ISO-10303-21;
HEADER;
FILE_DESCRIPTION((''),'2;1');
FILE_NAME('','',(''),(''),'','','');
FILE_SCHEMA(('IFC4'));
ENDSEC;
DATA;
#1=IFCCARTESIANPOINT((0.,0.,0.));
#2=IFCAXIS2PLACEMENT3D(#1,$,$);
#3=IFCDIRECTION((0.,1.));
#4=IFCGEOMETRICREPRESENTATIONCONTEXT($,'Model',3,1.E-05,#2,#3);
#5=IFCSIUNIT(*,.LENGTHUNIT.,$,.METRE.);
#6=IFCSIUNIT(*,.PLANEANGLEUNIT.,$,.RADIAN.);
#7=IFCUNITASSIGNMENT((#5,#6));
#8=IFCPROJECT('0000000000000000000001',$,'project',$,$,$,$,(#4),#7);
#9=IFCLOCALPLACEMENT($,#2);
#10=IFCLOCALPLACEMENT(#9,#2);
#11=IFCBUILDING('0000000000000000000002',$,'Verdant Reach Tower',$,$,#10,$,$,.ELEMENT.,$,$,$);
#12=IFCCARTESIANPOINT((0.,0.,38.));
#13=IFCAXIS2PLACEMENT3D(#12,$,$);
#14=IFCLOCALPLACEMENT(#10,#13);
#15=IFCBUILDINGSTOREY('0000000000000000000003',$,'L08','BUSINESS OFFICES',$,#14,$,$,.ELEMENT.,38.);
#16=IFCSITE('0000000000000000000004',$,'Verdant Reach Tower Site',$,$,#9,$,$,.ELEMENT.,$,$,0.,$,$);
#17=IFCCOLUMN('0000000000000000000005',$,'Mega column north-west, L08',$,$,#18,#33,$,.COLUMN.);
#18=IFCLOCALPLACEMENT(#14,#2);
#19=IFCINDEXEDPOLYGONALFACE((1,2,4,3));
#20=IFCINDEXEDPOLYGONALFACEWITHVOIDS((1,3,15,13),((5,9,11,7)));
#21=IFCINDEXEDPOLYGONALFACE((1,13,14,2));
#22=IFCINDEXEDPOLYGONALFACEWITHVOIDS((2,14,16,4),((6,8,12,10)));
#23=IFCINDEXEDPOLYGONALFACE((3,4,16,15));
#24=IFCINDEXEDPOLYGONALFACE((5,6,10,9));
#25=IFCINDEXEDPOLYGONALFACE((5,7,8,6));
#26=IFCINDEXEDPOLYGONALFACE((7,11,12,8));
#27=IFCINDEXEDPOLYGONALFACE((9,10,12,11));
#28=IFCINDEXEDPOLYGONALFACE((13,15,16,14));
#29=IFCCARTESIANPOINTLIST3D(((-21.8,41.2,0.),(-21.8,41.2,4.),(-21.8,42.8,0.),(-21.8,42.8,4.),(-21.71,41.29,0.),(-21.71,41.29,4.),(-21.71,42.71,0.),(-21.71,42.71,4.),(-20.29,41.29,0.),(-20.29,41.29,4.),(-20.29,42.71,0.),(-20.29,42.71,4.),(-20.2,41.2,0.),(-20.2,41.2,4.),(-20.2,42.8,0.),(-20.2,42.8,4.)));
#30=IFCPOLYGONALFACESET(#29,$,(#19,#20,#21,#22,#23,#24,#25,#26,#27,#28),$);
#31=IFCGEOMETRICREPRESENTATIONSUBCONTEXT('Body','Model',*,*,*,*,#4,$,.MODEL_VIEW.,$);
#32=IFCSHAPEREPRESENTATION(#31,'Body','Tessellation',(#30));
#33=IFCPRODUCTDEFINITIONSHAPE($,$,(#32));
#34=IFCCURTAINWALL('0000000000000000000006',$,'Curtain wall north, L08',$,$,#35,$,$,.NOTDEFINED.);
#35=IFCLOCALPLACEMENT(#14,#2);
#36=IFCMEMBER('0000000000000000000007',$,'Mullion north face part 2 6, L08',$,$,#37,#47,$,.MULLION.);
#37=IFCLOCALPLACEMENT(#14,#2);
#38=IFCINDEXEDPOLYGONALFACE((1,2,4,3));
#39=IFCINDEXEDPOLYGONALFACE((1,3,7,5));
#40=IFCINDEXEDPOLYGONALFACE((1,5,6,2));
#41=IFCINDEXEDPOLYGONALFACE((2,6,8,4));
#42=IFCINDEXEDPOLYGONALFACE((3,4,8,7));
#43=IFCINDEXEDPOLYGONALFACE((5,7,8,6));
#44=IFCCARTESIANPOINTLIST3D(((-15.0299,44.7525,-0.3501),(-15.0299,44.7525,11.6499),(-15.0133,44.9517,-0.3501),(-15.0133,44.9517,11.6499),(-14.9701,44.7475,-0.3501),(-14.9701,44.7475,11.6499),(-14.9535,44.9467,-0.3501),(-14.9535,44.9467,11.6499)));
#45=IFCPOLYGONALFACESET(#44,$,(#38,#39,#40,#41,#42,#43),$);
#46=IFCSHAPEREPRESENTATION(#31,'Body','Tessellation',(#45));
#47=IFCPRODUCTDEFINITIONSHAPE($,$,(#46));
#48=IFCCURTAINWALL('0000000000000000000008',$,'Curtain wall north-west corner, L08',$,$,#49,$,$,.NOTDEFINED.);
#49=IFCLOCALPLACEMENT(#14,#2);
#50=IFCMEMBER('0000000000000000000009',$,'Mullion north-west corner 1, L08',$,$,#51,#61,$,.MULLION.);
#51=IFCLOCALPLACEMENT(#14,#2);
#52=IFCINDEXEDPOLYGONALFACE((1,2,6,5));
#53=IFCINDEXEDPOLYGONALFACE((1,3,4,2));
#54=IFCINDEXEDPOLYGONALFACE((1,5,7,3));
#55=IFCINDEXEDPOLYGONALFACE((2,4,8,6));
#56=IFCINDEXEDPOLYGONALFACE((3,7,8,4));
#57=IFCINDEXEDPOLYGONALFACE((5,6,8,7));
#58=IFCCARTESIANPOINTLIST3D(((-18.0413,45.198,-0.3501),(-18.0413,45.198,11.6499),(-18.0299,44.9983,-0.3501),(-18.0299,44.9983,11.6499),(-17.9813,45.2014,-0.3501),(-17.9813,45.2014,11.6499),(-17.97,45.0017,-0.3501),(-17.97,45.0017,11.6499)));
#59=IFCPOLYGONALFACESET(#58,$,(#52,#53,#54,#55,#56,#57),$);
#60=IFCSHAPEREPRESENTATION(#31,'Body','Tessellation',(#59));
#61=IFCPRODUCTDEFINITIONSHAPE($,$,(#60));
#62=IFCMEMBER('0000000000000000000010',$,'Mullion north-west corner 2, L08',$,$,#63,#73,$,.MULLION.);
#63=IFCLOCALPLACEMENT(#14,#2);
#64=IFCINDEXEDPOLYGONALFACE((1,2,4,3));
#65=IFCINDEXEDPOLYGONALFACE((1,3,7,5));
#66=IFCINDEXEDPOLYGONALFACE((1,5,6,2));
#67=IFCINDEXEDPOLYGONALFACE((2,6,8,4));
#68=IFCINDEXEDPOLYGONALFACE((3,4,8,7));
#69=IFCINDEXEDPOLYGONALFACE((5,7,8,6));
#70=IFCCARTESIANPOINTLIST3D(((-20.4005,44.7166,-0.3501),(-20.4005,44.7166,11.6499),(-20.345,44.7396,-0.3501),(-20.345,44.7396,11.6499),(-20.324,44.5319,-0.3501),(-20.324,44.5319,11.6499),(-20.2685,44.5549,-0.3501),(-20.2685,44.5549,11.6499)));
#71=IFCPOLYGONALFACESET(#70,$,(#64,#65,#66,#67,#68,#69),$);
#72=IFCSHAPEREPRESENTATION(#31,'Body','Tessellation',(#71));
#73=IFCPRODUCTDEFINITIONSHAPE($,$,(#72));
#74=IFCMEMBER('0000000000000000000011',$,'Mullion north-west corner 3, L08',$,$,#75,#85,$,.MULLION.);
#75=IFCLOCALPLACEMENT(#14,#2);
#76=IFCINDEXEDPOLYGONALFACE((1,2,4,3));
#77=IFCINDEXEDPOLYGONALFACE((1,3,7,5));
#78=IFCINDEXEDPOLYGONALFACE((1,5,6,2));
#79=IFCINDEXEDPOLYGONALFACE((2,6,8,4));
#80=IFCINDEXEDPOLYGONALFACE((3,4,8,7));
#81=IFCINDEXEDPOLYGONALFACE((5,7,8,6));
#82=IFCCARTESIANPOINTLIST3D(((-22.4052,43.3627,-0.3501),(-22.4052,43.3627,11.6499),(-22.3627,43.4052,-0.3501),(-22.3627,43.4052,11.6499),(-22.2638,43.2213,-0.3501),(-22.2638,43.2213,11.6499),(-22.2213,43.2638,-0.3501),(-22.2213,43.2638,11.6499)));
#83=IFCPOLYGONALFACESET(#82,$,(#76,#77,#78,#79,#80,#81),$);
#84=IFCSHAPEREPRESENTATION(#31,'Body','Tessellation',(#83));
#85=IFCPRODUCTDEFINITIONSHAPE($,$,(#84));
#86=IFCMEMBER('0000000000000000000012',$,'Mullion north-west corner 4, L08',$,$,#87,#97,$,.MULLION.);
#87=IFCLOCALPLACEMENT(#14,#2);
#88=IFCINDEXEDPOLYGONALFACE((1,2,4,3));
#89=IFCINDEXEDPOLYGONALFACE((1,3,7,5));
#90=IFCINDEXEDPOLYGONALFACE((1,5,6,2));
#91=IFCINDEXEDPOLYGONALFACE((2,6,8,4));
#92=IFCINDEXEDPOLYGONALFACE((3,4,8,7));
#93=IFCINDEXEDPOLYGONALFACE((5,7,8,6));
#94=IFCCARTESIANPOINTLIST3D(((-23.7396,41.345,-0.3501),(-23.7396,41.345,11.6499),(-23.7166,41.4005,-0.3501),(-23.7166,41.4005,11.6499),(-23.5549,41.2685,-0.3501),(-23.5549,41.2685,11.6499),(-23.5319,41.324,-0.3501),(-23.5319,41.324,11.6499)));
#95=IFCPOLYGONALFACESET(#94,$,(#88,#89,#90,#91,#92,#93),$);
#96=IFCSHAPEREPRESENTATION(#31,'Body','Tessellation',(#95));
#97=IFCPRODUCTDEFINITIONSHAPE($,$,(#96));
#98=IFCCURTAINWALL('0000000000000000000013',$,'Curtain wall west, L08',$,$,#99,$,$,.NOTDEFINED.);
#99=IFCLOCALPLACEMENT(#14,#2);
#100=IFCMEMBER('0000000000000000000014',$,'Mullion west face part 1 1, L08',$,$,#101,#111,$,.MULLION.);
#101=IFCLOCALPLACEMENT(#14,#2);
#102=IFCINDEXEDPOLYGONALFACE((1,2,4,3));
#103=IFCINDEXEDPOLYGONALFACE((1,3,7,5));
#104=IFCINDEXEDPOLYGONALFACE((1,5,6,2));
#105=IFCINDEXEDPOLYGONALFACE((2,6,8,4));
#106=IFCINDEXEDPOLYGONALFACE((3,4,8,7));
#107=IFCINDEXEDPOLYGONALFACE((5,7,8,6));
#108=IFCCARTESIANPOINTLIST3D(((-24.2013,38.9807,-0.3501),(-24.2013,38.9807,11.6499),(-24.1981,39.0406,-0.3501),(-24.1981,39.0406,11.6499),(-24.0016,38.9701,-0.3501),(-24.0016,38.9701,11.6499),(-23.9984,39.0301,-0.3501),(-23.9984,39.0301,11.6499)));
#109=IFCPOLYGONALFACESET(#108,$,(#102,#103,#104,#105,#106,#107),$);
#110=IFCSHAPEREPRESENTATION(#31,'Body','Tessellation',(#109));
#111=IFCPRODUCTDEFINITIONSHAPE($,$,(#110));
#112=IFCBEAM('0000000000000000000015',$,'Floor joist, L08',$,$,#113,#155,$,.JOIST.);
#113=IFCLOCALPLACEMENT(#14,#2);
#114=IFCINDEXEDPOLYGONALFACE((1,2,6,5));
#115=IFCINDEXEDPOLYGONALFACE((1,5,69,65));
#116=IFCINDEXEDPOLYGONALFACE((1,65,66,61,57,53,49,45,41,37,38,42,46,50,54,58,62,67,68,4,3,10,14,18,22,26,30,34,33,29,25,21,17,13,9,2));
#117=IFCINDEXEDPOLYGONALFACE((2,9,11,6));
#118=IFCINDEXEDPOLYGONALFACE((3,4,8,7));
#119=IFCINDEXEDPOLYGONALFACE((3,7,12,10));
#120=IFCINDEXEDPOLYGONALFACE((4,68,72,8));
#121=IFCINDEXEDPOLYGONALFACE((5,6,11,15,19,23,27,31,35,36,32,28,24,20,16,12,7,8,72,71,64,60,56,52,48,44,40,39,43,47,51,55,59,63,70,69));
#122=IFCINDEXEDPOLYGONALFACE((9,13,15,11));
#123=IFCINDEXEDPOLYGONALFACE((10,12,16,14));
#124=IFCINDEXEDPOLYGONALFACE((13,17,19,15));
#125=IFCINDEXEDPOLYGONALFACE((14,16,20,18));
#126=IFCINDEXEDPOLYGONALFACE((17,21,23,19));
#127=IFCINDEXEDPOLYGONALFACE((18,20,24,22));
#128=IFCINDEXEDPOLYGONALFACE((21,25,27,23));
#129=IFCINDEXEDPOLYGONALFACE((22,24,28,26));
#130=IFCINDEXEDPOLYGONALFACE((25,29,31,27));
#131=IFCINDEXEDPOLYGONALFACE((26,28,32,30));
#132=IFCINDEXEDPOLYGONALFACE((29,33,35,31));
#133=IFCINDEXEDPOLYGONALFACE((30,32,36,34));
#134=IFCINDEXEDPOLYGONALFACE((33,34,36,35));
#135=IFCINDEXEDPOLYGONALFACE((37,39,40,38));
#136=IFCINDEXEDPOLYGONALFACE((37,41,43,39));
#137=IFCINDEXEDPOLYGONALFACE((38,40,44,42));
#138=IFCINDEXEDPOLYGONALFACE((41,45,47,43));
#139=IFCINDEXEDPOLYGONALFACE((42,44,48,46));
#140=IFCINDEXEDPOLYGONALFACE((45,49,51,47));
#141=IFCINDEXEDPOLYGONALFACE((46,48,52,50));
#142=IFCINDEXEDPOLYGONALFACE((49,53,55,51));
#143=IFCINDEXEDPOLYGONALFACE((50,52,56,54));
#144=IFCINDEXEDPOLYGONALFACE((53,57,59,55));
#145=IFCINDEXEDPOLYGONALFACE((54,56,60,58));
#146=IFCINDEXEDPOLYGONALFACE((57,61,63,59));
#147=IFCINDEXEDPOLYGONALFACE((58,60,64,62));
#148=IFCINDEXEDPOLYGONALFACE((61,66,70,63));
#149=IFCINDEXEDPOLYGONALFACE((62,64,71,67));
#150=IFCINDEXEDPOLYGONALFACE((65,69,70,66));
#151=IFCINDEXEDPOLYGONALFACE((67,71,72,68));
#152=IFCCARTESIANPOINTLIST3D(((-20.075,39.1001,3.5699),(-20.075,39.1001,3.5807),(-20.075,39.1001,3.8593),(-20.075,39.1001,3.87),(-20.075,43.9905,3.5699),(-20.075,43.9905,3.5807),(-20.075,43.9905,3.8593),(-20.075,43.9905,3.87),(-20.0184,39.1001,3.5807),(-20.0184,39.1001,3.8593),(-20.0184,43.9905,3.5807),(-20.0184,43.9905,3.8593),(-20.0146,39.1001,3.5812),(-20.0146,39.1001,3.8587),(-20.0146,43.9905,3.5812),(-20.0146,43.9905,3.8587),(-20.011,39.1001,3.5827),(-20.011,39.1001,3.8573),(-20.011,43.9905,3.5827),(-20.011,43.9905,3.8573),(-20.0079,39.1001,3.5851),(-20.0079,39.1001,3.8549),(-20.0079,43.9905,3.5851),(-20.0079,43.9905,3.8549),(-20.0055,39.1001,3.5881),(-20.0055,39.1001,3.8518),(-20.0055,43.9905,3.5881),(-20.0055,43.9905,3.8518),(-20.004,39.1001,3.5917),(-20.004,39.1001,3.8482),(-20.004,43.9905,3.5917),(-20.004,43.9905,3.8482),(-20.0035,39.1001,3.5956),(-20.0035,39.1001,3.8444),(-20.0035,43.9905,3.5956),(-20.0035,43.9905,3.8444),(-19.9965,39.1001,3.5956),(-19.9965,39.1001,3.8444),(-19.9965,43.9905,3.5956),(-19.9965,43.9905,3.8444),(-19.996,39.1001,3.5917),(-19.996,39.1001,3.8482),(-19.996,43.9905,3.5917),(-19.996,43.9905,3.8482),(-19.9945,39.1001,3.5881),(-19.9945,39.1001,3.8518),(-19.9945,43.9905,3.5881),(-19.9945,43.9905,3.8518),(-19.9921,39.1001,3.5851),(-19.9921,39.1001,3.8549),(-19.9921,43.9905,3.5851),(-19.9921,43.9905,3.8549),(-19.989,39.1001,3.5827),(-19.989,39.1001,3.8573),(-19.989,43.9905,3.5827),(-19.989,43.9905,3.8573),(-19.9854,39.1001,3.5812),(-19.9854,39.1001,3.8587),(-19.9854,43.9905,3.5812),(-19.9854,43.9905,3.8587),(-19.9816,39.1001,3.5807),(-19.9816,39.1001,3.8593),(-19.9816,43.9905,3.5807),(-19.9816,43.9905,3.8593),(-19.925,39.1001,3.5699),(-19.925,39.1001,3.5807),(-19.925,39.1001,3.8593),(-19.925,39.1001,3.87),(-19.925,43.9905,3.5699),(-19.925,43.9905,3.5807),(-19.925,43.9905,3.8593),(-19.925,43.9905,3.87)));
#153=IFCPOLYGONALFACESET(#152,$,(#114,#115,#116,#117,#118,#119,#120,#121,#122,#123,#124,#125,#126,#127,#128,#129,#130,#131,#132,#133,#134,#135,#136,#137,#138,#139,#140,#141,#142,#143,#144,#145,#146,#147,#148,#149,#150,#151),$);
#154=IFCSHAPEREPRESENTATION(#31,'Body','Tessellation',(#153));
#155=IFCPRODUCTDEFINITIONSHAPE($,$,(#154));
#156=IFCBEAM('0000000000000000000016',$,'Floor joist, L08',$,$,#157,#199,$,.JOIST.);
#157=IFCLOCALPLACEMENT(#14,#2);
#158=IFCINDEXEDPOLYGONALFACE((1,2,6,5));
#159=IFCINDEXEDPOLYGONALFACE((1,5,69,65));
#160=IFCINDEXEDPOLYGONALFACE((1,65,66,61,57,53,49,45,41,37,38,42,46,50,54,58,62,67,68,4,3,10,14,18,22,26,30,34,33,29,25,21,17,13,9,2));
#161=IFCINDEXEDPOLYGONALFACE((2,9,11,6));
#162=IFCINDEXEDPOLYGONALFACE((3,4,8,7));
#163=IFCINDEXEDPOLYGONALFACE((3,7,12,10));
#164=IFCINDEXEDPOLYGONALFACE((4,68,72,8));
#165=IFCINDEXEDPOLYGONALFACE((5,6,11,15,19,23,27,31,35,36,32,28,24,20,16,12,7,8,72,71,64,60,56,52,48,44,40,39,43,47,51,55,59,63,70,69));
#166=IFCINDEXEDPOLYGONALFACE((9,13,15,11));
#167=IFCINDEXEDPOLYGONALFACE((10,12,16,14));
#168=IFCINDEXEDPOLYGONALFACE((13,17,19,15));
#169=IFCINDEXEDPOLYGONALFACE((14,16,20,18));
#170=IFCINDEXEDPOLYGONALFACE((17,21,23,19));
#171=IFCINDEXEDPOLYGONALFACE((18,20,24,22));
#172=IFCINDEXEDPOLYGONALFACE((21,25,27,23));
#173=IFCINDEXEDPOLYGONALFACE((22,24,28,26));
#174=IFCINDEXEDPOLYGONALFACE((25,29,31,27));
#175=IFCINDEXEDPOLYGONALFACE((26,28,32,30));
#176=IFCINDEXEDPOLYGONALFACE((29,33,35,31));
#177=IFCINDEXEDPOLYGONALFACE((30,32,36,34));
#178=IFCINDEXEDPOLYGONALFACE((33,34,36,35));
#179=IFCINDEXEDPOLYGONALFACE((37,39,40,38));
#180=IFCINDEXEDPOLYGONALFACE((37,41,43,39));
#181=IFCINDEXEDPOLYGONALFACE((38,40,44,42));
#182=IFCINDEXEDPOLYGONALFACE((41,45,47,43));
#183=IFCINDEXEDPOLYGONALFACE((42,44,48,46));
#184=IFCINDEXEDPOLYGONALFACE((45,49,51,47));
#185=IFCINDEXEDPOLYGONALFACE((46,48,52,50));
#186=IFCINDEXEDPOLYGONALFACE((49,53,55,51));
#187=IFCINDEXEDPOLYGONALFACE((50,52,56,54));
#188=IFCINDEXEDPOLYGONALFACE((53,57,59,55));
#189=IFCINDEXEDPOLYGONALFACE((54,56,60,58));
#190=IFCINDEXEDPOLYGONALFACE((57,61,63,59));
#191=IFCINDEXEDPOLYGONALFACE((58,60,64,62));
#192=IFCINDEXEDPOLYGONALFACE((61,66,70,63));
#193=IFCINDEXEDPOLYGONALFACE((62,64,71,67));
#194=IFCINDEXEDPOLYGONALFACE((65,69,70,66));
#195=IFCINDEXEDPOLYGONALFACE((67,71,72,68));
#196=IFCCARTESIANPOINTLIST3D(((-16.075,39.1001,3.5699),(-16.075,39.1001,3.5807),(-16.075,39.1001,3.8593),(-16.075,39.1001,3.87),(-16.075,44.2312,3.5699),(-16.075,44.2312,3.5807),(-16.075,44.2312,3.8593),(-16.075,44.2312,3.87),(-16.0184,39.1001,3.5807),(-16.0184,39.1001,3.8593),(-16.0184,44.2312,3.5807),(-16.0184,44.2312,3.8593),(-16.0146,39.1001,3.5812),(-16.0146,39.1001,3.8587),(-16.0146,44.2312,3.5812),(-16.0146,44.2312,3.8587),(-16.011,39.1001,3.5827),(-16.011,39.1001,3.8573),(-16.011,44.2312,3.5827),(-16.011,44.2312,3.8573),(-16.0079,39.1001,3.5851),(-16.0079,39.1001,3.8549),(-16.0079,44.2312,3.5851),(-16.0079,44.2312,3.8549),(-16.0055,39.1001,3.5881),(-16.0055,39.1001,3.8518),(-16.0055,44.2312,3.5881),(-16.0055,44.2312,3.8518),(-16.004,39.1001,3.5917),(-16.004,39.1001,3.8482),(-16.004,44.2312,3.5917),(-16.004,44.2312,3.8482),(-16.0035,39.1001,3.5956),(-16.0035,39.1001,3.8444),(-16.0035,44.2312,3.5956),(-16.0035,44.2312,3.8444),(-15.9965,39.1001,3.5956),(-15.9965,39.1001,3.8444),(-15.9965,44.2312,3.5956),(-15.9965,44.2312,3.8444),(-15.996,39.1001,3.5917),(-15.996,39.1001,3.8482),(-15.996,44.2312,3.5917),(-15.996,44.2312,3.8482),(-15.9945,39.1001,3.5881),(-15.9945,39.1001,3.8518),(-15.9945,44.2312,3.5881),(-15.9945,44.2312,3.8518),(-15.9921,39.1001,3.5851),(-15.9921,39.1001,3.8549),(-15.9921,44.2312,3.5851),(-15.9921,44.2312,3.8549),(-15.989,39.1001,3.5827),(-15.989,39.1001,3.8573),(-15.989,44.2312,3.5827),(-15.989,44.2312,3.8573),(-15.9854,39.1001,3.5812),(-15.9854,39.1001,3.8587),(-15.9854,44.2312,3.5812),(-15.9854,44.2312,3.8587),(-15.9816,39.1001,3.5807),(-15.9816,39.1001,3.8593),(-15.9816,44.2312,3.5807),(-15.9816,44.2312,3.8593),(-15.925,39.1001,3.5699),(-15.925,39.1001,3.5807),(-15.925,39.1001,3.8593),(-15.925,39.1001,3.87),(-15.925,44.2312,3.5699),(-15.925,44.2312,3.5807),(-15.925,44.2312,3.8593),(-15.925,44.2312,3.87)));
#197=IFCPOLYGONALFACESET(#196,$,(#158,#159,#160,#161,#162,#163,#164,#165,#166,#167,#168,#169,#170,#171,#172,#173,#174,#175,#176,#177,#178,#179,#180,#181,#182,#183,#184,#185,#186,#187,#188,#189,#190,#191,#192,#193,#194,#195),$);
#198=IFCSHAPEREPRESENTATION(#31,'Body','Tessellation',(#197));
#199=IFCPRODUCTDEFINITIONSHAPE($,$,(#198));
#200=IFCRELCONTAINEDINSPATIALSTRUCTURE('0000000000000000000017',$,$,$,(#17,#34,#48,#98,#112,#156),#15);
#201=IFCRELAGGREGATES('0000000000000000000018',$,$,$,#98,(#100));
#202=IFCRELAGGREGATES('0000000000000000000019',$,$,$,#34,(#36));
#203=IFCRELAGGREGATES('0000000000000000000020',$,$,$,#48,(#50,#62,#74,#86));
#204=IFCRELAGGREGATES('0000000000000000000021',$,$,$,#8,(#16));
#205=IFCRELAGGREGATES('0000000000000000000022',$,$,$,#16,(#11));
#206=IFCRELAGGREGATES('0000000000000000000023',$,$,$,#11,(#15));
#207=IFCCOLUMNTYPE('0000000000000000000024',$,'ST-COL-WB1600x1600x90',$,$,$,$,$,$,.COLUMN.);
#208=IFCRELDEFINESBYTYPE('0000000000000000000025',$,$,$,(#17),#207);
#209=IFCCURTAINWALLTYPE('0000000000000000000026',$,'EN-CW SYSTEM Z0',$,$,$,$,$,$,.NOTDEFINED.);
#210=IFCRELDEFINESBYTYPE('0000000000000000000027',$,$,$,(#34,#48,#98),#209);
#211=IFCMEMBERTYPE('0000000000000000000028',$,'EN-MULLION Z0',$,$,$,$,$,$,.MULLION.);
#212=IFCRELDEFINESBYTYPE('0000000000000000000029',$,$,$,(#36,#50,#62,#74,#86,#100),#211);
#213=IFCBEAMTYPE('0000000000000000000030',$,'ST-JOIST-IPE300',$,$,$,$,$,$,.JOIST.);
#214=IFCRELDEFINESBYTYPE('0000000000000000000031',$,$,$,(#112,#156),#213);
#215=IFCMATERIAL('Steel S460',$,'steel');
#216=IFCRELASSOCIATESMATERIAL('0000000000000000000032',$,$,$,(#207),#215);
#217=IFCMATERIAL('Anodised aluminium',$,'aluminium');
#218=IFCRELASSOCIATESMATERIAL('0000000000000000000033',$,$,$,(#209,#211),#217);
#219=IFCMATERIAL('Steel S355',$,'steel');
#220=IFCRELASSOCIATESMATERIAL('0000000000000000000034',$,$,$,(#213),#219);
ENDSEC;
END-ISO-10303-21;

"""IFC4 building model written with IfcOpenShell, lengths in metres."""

from ifc_helpers import new_model, si_unit, direction, frame, origin, origin_2d, place, context, subcontext, project, spatial, rectangle, hollow_rectangle, i_section, extrude, material, material_profile, profile_set, type_object, element, aggregate, save


model = new_model("IFC4")

# Units and contexts
model_context = context("Model", 3, precision=1e-05, world=origin(), true_north=direction((0.0, 1.0)))
body_context = subcontext(model_context, "Body", "Model", "MODEL_VIEW")
ifc_project = project(units=[si_unit("LENGTHUNIT", "METRE"), si_unit("PLANEANGLEUNIT", "RADIAN")], contexts=[model_context])

# Site, building, storey
site_placement = place(None, origin())
site = spatial("IfcSite", under=ifc_project, at=site_placement, Name="Verdant Reach Tower Site", CompositionType="ELEMENT", RefElevation=0.0)
building_placement = place(site_placement, origin())
building = spatial("IfcBuilding", under=site, at=building_placement, Name="Verdant Reach Tower", CompositionType="ELEMENT")
storey_placement = place(building_placement, frame((0.0, 0.0, 38.0)))
storey = spatial("IfcBuildingStorey", under=building, at=storey_placement, Name="L08", Description="BUSINESS OFFICES", CompositionType="ELEMENT", Elevation=38.0)

# Column
ifc_material_1 = material(Name="Steel S460", Category="steel")
ifc_material_profile_1 = material_profile(ifc_material_1, hollow_rectangle(XDim=1.6001, YDim=1.6001, WallThickness=0.0901, at=origin_2d()), Name="WB 1600x1600x90")
ifc_profile_set_1 = profile_set([ifc_material_profile_1], Name="Steel S460")
column_type = type_object("IfcColumnType", Name="ST-COL-WB1600x1600x90", PredefinedType="COLUMN", material=ifc_profile_set_1)
column_placement = place(storey_placement, frame((-21.0, 42.0, 0.0), z_axis=(0.0, 0.0, 1.0), x_axis=(1.0, 0.0, 0.0)))
element("IfcColumn", 1, at=column_placement, inside=storey, type_object=column_type, Name="Mega column north-west, L08", PredefinedType="COLUMN", context=body_context, shape_type="SweptSolid", body=[
    extrude(hollow_rectangle(XDim=1.6001, YDim=1.6001, WallThickness=0.0901, at=origin_2d()), origin(), (0.0, 0.0, 1.0), 4.0),
])

# Curtain wall, member
ifc_material_2 = material(Name="Anodised aluminium", Category="aluminium")
curtain_wall_type = type_object("IfcCurtainWallType", Name="EN-CW SYSTEM Z0", PredefinedType="NOTDEFINED", material=ifc_material_2)
curtain_wall_1_placement = place(storey_placement, origin())
curtain_wall_1 = element("IfcCurtainWall", 2, at=curtain_wall_1_placement, inside=storey, type_object=curtain_wall_type, Name="Curtain wall north, L08", PredefinedType="NOTDEFINED")
ifc_material_profile_2 = material_profile(ifc_material_2, rectangle(XDim=0.2, YDim=0.0601, at=origin_2d()), Name="Mullion 60x200")
ifc_profile_set_2 = profile_set([ifc_material_profile_2], Name="Anodised aluminium")
member_type = type_object("IfcMemberType", Name="EN-MULLION Z0", PredefinedType="MULLION", material=ifc_profile_set_2)
member_1_placement = place(storey_placement, frame((-14.9917, 44.8496, -0.3501), z_axis=(0.0, 0.0, 1.0), x_axis=(0.083045, 0.996546, 0.0)))
member_1 = element("IfcMember", 3, at=member_1_placement, type_object=member_type, Name="Mullion north face part 2 6, L08", PredefinedType="MULLION", context=body_context, shape_type="SweptSolid", body=[
    extrude(rectangle(XDim=0.2, YDim=0.0601, at=origin_2d()), origin(), (0.0, 0.0, 1.0), 12.0),
])

# Curtain wall, members
curtain_wall_2_placement = place(storey_placement, origin())
curtain_wall_2 = element("IfcCurtainWall", 4, at=curtain_wall_2_placement, inside=storey, type_object=curtain_wall_type, Name="Curtain wall north-west corner, L08", PredefinedType="NOTDEFINED")
member_2_placement = place(storey_placement, frame((-18.0056, 45.0999, -0.3501), z_axis=(0.0, 0.0, 1.0), x_axis=(-0.056569, 0.998399, 0.0)))
member_2 = element("IfcMember", 5, at=member_2_placement, type_object=member_type, Name="Mullion north-west corner 1, L08", PredefinedType="MULLION", context=body_context, shape_type="SweptSolid", body=[
    extrude(rectangle(XDim=0.2, YDim=0.0601, at=origin_2d()), origin(), (0.0, 0.0, 1.0), 12.0),
])
member_3_placement = place(storey_placement, frame((-20.3345, 44.6357, -0.3501), z_axis=(0.0, 0.0, 1.0), x_axis=(-0.382694, 0.923875, 0.0)))
member_3 = element("IfcMember", 6, at=member_3_placement, type_object=member_type, Name="Mullion north-west corner 2, L08", PredefinedType="MULLION", context=body_context, shape_type="SweptSolid", body=[
    extrude(rectangle(XDim=0.2, YDim=0.0601, at=origin_2d()), origin(), (0.0, 0.0, 1.0), 12.0),
])
member_4_placement = place(storey_placement, frame((-22.3132, 43.3132, -0.3501), z_axis=(0.0, 0.0, 1.0), x_axis=(-0.707107, 0.707107, 0.0)))
member_4 = element("IfcMember", 7, at=member_4_placement, type_object=member_type, Name="Mullion north-west corner 3, L08", PredefinedType="MULLION", context=body_context, shape_type="SweptSolid", body=[
    extrude(rectangle(XDim=0.2, YDim=0.0601, at=origin_2d()), origin(), (0.0, 0.0, 1.0), 12.0),
])
member_5_placement = place(storey_placement, frame((-23.6357, 41.3345, -0.3501), z_axis=(0.0, 0.0, 1.0), x_axis=(-0.923875, 0.382694, 0.0)))
member_5 = element("IfcMember", 8, at=member_5_placement, type_object=member_type, Name="Mullion north-west corner 4, L08", PredefinedType="MULLION", context=body_context, shape_type="SweptSolid", body=[
    extrude(rectangle(XDim=0.2, YDim=0.0601, at=origin_2d()), origin(), (0.0, 0.0, 1.0), 12.0),
])

# Curtain wall, member
curtain_wall_3_placement = place(storey_placement, origin())
curtain_wall_3 = element("IfcCurtainWall", 9, at=curtain_wall_3_placement, inside=storey, type_object=curtain_wall_type, Name="Curtain wall west, L08", PredefinedType="NOTDEFINED")
member_6_placement = place(storey_placement, frame((-24.0999, 39.0054, -0.3501), z_axis=(0.0, 0.0, 1.0), x_axis=(-0.998604, 0.052815, 0.0)))
member_6 = element("IfcMember", 10, at=member_6_placement, type_object=member_type, Name="Mullion west face part 1 1, L08", PredefinedType="MULLION", context=body_context, shape_type="SweptSolid", body=[
    extrude(rectangle(XDim=0.2, YDim=0.0601, at=origin_2d()), origin(), (0.0, 0.0, 1.0), 12.0),
])
aggregate(curtain_wall_3, [member_6])

# Beams
ifc_material_3 = material(Name="Steel S355", Category="steel")
ifc_material_profile_3 = material_profile(ifc_material_3, i_section(OverallWidth=0.1499, OverallDepth=0.3, WebThickness=0.0071, FlangeThickness=0.0107, FilletRadius=0.0149, at=origin_2d()), Name="IPE 300")
ifc_profile_set_3 = profile_set([ifc_material_profile_3], Name="Steel S355")
beam_type_1 = type_object("IfcBeamType", Name="ST-JOIST-IPE300", PredefinedType="JOIST", material=ifc_profile_set_3)
beam_1_placement = place(storey_placement, frame((-20.0, 39.1001, 3.72), z_axis=(0.0, 1.0, 0.0), x_axis=(-1.0, 0.0, 0.0)))
element("IfcBeam", 11, at=beam_1_placement, inside=storey, type_object=beam_type_1, Name="Floor joist, L08", PredefinedType="JOIST", context=body_context, shape_type="SweptSolid", body=[
    extrude(i_section(OverallWidth=0.1499, OverallDepth=0.3, WebThickness=0.0071, FlangeThickness=0.0107, FilletRadius=0.0149, at=origin_2d()), origin(), (0.0, 0.0, 1.0), 4.8904),
])
beam_2_placement = place(storey_placement, frame((-16.0, 39.1001, 3.72), z_axis=(0.0, 1.0, 0.0), x_axis=(-1.0, 0.0, 0.0)))
element("IfcBeam", 12, at=beam_2_placement, inside=storey, type_object=beam_type_1, Name="Floor joist, L08", PredefinedType="JOIST", context=body_context, shape_type="SweptSolid", body=[
    extrude(i_section(OverallWidth=0.1499, OverallDepth=0.3, WebThickness=0.0071, FlangeThickness=0.0107, FilletRadius=0.0149, at=origin_2d()), origin(), (0.0, 0.0, 1.0), 5.1311),
])

aggregate(curtain_wall_1, [member_1])
aggregate(curtain_wall_2, [member_2, member_3, member_4, member_5])

save(model, "model.ifc")
